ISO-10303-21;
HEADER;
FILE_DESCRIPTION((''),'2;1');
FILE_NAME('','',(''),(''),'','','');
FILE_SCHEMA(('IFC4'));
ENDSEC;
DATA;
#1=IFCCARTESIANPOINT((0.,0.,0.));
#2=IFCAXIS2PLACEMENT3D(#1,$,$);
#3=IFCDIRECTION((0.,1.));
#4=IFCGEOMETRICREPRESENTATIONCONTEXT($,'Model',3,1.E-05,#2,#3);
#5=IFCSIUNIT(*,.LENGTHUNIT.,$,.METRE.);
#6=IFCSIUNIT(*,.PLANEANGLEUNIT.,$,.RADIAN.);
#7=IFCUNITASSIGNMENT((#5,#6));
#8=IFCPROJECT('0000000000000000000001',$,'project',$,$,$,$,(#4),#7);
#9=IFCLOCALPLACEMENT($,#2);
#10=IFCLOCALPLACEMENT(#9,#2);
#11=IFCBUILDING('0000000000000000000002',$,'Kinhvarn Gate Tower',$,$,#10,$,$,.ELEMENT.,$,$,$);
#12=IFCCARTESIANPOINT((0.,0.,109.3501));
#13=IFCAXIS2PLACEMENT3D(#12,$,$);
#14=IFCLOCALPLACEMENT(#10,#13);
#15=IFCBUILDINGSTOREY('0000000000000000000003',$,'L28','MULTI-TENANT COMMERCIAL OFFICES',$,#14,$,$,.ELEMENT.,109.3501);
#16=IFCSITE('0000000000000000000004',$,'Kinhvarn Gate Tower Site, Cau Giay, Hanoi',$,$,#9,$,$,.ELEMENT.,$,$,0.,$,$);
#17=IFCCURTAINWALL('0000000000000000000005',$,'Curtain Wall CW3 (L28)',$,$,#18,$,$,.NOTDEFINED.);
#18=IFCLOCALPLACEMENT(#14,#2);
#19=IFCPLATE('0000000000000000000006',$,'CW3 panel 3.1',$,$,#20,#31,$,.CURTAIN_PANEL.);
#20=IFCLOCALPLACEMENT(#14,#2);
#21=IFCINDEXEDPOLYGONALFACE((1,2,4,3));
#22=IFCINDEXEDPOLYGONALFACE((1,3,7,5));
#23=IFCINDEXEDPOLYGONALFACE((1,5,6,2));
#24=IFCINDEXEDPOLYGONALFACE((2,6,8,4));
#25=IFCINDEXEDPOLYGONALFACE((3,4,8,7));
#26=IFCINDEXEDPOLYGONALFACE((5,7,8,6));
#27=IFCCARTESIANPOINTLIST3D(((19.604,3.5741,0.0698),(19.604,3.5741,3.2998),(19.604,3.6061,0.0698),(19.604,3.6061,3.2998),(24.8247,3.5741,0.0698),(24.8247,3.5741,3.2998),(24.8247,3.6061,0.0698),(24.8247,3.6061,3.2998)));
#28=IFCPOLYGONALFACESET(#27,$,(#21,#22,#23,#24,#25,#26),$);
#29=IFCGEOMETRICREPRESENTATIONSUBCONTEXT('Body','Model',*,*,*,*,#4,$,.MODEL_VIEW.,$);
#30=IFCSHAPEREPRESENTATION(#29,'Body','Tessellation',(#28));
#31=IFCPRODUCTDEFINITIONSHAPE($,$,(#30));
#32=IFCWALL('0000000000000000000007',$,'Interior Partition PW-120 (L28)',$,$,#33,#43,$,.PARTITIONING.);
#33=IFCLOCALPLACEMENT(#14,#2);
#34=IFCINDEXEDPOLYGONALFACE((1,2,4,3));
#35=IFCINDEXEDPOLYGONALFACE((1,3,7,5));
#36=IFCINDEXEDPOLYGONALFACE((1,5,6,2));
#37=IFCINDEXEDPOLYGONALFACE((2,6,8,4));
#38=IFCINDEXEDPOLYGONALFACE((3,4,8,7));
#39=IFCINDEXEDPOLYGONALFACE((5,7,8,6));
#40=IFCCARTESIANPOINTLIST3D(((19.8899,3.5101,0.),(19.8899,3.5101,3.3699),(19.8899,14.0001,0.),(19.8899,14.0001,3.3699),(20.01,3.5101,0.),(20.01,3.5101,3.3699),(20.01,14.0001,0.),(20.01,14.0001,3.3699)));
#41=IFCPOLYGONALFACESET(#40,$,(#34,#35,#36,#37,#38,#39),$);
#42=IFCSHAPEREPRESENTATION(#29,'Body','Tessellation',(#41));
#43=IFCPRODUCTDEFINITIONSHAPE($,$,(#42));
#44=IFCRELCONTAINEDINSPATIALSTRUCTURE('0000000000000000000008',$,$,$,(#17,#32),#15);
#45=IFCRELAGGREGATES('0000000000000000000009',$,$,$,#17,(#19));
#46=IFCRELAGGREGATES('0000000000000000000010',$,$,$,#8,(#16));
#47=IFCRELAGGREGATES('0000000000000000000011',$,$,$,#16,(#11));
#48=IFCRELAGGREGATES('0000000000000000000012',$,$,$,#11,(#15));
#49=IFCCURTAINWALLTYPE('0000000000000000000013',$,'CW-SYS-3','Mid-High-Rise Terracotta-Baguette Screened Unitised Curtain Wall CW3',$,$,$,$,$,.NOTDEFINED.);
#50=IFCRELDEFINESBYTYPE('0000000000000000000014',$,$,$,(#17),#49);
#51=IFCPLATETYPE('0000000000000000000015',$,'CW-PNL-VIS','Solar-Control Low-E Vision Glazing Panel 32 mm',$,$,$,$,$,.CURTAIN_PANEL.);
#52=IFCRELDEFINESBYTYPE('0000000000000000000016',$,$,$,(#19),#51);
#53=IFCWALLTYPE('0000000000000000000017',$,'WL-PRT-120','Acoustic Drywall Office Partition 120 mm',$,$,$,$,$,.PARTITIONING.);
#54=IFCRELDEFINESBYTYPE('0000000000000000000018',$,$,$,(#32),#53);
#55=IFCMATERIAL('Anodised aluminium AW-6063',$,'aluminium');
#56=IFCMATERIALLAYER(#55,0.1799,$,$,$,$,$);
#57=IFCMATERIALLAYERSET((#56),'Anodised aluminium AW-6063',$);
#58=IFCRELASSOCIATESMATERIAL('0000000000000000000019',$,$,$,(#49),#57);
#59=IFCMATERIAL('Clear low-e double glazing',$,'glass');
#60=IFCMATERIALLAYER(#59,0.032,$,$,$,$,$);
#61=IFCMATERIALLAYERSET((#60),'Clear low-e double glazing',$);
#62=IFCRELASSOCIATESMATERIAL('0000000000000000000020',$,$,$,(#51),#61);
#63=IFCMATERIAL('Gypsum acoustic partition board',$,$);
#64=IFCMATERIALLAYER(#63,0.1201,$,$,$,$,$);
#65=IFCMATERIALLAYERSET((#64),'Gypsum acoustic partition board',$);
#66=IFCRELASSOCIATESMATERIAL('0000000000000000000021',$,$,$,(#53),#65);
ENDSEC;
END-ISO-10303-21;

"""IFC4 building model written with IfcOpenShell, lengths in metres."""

from ifc_helpers import new_model, si_unit, direction, frame, frame_2d, origin, origin_2d, place, context, subcontext, project, spatial, rectangle, extrude, material, layer, layer_set, type_object, element, aggregate, save


model = new_model("IFC4")

# Units and contexts
model_context = context("Model", 3, precision=1e-05, world=origin(), true_north=direction((0.0, 1.0)))
body_context = subcontext(model_context, "Body", "Model", "MODEL_VIEW")
ifc_project = project(units=[si_unit("LENGTHUNIT", "METRE"), si_unit("PLANEANGLEUNIT", "RADIAN")], contexts=[model_context])

# Site, building, storey
site_placement = place(None, origin())
site = spatial("IfcSite", under=ifc_project, at=site_placement, Name="Kinhvarn Gate Tower Site, Cau Giay, Hanoi", CompositionType="ELEMENT", RefElevation=0.0)
building_placement = place(site_placement, origin())
building = spatial("IfcBuilding", under=site, at=building_placement, Name="Kinhvarn Gate Tower", CompositionType="ELEMENT")
storey_placement = place(building_placement, frame((0.0, 0.0, 109.3501)))
storey = spatial("IfcBuildingStorey", under=building, at=storey_placement, Name="L28", Description="MULTI-TENANT COMMERCIAL OFFICES", CompositionType="ELEMENT", Elevation=109.3501)

# Curtain wall
ifc_material_1 = material(Name="Anodised aluminium AW-6063", Category="aluminium")
ifc_layer_1 = layer(ifc_material_1, 0.1799)
ifc_layer_set_1 = layer_set([ifc_layer_1], Name="Anodised aluminium AW-6063")
curtain_wall_type = type_object("IfcCurtainWallType", Name="CW-SYS-3", Description="Mid-High-Rise Terracotta-Baguette Screened Unitised Curtain Wall CW3", PredefinedType="NOTDEFINED", material=ifc_layer_set_1)
curtain_wall_placement = place(storey_placement, origin())
curtain_wall = element("IfcCurtainWall", 1, at=curtain_wall_placement, inside=storey, type_object=curtain_wall_type, Name="Curtain Wall CW3 (L28)", PredefinedType="NOTDEFINED")

# Plate
ifc_material_2 = material(Name="Clear low-e double glazing", Category="glass")
ifc_layer_2 = layer(ifc_material_2, 0.032)
ifc_layer_set_2 = layer_set([ifc_layer_2], Name="Clear low-e double glazing")
plate_type = type_object("IfcPlateType", Name="CW-PNL-VIS", Description="Solar-Control Low-E Vision Glazing Panel 32 mm", PredefinedType="CURTAIN_PANEL", material=ifc_layer_set_2)
plate_1_placement = place(storey_placement, frame((22.2144, 3.5901, 0.0698), z_axis=(0.0, 0.0, 1.0), x_axis=(1.0, 0.0, 0.0)))
plate_1 = element("IfcPlate", 2, at=plate_1_placement, type_object=plate_type, Name="CW3 panel 3.1", PredefinedType="CURTAIN_PANEL", context=body_context, shape_type="SweptSolid", body=[
    extrude(rectangle(XDim=5.2207, YDim=0.032, at=origin_2d()), origin(), (0.0, 0.0, 1.0), 3.23),
])
aggregate(curtain_wall, [plate_1])

# Wall
ifc_material_3 = material(Name="Gypsum acoustic partition board")
ifc_layer_3 = layer(ifc_material_3, 0.1201)
ifc_layer_set_3 = layer_set([ifc_layer_3], Name="Gypsum acoustic partition board")
wall_type = type_object("IfcWallType", Name="WL-PRT-120", Description="Acoustic Drywall Office Partition 120 mm", PredefinedType="PARTITIONING", material=ifc_layer_set_3)
wall_placement = place(storey_placement, frame((19.95, 3.51, 0.0), z_axis=(0.0, 0.0, 1.0), x_axis=(0.0, 1.0, 0.0)))
element("IfcWall", 3, at=wall_placement, inside=storey, type_object=wall_type, Name="Interior Partition PW-120 (L28)", PredefinedType="PARTITIONING", context=body_context, shape_type="SweptSolid", body=[
    extrude(rectangle(XDim=10.49, YDim=0.1201, at=frame_2d((5.2451, 0.0))), origin(), (0.0, 0.0, 1.0), 3.3699),
])

save(model, "model.ifc")
